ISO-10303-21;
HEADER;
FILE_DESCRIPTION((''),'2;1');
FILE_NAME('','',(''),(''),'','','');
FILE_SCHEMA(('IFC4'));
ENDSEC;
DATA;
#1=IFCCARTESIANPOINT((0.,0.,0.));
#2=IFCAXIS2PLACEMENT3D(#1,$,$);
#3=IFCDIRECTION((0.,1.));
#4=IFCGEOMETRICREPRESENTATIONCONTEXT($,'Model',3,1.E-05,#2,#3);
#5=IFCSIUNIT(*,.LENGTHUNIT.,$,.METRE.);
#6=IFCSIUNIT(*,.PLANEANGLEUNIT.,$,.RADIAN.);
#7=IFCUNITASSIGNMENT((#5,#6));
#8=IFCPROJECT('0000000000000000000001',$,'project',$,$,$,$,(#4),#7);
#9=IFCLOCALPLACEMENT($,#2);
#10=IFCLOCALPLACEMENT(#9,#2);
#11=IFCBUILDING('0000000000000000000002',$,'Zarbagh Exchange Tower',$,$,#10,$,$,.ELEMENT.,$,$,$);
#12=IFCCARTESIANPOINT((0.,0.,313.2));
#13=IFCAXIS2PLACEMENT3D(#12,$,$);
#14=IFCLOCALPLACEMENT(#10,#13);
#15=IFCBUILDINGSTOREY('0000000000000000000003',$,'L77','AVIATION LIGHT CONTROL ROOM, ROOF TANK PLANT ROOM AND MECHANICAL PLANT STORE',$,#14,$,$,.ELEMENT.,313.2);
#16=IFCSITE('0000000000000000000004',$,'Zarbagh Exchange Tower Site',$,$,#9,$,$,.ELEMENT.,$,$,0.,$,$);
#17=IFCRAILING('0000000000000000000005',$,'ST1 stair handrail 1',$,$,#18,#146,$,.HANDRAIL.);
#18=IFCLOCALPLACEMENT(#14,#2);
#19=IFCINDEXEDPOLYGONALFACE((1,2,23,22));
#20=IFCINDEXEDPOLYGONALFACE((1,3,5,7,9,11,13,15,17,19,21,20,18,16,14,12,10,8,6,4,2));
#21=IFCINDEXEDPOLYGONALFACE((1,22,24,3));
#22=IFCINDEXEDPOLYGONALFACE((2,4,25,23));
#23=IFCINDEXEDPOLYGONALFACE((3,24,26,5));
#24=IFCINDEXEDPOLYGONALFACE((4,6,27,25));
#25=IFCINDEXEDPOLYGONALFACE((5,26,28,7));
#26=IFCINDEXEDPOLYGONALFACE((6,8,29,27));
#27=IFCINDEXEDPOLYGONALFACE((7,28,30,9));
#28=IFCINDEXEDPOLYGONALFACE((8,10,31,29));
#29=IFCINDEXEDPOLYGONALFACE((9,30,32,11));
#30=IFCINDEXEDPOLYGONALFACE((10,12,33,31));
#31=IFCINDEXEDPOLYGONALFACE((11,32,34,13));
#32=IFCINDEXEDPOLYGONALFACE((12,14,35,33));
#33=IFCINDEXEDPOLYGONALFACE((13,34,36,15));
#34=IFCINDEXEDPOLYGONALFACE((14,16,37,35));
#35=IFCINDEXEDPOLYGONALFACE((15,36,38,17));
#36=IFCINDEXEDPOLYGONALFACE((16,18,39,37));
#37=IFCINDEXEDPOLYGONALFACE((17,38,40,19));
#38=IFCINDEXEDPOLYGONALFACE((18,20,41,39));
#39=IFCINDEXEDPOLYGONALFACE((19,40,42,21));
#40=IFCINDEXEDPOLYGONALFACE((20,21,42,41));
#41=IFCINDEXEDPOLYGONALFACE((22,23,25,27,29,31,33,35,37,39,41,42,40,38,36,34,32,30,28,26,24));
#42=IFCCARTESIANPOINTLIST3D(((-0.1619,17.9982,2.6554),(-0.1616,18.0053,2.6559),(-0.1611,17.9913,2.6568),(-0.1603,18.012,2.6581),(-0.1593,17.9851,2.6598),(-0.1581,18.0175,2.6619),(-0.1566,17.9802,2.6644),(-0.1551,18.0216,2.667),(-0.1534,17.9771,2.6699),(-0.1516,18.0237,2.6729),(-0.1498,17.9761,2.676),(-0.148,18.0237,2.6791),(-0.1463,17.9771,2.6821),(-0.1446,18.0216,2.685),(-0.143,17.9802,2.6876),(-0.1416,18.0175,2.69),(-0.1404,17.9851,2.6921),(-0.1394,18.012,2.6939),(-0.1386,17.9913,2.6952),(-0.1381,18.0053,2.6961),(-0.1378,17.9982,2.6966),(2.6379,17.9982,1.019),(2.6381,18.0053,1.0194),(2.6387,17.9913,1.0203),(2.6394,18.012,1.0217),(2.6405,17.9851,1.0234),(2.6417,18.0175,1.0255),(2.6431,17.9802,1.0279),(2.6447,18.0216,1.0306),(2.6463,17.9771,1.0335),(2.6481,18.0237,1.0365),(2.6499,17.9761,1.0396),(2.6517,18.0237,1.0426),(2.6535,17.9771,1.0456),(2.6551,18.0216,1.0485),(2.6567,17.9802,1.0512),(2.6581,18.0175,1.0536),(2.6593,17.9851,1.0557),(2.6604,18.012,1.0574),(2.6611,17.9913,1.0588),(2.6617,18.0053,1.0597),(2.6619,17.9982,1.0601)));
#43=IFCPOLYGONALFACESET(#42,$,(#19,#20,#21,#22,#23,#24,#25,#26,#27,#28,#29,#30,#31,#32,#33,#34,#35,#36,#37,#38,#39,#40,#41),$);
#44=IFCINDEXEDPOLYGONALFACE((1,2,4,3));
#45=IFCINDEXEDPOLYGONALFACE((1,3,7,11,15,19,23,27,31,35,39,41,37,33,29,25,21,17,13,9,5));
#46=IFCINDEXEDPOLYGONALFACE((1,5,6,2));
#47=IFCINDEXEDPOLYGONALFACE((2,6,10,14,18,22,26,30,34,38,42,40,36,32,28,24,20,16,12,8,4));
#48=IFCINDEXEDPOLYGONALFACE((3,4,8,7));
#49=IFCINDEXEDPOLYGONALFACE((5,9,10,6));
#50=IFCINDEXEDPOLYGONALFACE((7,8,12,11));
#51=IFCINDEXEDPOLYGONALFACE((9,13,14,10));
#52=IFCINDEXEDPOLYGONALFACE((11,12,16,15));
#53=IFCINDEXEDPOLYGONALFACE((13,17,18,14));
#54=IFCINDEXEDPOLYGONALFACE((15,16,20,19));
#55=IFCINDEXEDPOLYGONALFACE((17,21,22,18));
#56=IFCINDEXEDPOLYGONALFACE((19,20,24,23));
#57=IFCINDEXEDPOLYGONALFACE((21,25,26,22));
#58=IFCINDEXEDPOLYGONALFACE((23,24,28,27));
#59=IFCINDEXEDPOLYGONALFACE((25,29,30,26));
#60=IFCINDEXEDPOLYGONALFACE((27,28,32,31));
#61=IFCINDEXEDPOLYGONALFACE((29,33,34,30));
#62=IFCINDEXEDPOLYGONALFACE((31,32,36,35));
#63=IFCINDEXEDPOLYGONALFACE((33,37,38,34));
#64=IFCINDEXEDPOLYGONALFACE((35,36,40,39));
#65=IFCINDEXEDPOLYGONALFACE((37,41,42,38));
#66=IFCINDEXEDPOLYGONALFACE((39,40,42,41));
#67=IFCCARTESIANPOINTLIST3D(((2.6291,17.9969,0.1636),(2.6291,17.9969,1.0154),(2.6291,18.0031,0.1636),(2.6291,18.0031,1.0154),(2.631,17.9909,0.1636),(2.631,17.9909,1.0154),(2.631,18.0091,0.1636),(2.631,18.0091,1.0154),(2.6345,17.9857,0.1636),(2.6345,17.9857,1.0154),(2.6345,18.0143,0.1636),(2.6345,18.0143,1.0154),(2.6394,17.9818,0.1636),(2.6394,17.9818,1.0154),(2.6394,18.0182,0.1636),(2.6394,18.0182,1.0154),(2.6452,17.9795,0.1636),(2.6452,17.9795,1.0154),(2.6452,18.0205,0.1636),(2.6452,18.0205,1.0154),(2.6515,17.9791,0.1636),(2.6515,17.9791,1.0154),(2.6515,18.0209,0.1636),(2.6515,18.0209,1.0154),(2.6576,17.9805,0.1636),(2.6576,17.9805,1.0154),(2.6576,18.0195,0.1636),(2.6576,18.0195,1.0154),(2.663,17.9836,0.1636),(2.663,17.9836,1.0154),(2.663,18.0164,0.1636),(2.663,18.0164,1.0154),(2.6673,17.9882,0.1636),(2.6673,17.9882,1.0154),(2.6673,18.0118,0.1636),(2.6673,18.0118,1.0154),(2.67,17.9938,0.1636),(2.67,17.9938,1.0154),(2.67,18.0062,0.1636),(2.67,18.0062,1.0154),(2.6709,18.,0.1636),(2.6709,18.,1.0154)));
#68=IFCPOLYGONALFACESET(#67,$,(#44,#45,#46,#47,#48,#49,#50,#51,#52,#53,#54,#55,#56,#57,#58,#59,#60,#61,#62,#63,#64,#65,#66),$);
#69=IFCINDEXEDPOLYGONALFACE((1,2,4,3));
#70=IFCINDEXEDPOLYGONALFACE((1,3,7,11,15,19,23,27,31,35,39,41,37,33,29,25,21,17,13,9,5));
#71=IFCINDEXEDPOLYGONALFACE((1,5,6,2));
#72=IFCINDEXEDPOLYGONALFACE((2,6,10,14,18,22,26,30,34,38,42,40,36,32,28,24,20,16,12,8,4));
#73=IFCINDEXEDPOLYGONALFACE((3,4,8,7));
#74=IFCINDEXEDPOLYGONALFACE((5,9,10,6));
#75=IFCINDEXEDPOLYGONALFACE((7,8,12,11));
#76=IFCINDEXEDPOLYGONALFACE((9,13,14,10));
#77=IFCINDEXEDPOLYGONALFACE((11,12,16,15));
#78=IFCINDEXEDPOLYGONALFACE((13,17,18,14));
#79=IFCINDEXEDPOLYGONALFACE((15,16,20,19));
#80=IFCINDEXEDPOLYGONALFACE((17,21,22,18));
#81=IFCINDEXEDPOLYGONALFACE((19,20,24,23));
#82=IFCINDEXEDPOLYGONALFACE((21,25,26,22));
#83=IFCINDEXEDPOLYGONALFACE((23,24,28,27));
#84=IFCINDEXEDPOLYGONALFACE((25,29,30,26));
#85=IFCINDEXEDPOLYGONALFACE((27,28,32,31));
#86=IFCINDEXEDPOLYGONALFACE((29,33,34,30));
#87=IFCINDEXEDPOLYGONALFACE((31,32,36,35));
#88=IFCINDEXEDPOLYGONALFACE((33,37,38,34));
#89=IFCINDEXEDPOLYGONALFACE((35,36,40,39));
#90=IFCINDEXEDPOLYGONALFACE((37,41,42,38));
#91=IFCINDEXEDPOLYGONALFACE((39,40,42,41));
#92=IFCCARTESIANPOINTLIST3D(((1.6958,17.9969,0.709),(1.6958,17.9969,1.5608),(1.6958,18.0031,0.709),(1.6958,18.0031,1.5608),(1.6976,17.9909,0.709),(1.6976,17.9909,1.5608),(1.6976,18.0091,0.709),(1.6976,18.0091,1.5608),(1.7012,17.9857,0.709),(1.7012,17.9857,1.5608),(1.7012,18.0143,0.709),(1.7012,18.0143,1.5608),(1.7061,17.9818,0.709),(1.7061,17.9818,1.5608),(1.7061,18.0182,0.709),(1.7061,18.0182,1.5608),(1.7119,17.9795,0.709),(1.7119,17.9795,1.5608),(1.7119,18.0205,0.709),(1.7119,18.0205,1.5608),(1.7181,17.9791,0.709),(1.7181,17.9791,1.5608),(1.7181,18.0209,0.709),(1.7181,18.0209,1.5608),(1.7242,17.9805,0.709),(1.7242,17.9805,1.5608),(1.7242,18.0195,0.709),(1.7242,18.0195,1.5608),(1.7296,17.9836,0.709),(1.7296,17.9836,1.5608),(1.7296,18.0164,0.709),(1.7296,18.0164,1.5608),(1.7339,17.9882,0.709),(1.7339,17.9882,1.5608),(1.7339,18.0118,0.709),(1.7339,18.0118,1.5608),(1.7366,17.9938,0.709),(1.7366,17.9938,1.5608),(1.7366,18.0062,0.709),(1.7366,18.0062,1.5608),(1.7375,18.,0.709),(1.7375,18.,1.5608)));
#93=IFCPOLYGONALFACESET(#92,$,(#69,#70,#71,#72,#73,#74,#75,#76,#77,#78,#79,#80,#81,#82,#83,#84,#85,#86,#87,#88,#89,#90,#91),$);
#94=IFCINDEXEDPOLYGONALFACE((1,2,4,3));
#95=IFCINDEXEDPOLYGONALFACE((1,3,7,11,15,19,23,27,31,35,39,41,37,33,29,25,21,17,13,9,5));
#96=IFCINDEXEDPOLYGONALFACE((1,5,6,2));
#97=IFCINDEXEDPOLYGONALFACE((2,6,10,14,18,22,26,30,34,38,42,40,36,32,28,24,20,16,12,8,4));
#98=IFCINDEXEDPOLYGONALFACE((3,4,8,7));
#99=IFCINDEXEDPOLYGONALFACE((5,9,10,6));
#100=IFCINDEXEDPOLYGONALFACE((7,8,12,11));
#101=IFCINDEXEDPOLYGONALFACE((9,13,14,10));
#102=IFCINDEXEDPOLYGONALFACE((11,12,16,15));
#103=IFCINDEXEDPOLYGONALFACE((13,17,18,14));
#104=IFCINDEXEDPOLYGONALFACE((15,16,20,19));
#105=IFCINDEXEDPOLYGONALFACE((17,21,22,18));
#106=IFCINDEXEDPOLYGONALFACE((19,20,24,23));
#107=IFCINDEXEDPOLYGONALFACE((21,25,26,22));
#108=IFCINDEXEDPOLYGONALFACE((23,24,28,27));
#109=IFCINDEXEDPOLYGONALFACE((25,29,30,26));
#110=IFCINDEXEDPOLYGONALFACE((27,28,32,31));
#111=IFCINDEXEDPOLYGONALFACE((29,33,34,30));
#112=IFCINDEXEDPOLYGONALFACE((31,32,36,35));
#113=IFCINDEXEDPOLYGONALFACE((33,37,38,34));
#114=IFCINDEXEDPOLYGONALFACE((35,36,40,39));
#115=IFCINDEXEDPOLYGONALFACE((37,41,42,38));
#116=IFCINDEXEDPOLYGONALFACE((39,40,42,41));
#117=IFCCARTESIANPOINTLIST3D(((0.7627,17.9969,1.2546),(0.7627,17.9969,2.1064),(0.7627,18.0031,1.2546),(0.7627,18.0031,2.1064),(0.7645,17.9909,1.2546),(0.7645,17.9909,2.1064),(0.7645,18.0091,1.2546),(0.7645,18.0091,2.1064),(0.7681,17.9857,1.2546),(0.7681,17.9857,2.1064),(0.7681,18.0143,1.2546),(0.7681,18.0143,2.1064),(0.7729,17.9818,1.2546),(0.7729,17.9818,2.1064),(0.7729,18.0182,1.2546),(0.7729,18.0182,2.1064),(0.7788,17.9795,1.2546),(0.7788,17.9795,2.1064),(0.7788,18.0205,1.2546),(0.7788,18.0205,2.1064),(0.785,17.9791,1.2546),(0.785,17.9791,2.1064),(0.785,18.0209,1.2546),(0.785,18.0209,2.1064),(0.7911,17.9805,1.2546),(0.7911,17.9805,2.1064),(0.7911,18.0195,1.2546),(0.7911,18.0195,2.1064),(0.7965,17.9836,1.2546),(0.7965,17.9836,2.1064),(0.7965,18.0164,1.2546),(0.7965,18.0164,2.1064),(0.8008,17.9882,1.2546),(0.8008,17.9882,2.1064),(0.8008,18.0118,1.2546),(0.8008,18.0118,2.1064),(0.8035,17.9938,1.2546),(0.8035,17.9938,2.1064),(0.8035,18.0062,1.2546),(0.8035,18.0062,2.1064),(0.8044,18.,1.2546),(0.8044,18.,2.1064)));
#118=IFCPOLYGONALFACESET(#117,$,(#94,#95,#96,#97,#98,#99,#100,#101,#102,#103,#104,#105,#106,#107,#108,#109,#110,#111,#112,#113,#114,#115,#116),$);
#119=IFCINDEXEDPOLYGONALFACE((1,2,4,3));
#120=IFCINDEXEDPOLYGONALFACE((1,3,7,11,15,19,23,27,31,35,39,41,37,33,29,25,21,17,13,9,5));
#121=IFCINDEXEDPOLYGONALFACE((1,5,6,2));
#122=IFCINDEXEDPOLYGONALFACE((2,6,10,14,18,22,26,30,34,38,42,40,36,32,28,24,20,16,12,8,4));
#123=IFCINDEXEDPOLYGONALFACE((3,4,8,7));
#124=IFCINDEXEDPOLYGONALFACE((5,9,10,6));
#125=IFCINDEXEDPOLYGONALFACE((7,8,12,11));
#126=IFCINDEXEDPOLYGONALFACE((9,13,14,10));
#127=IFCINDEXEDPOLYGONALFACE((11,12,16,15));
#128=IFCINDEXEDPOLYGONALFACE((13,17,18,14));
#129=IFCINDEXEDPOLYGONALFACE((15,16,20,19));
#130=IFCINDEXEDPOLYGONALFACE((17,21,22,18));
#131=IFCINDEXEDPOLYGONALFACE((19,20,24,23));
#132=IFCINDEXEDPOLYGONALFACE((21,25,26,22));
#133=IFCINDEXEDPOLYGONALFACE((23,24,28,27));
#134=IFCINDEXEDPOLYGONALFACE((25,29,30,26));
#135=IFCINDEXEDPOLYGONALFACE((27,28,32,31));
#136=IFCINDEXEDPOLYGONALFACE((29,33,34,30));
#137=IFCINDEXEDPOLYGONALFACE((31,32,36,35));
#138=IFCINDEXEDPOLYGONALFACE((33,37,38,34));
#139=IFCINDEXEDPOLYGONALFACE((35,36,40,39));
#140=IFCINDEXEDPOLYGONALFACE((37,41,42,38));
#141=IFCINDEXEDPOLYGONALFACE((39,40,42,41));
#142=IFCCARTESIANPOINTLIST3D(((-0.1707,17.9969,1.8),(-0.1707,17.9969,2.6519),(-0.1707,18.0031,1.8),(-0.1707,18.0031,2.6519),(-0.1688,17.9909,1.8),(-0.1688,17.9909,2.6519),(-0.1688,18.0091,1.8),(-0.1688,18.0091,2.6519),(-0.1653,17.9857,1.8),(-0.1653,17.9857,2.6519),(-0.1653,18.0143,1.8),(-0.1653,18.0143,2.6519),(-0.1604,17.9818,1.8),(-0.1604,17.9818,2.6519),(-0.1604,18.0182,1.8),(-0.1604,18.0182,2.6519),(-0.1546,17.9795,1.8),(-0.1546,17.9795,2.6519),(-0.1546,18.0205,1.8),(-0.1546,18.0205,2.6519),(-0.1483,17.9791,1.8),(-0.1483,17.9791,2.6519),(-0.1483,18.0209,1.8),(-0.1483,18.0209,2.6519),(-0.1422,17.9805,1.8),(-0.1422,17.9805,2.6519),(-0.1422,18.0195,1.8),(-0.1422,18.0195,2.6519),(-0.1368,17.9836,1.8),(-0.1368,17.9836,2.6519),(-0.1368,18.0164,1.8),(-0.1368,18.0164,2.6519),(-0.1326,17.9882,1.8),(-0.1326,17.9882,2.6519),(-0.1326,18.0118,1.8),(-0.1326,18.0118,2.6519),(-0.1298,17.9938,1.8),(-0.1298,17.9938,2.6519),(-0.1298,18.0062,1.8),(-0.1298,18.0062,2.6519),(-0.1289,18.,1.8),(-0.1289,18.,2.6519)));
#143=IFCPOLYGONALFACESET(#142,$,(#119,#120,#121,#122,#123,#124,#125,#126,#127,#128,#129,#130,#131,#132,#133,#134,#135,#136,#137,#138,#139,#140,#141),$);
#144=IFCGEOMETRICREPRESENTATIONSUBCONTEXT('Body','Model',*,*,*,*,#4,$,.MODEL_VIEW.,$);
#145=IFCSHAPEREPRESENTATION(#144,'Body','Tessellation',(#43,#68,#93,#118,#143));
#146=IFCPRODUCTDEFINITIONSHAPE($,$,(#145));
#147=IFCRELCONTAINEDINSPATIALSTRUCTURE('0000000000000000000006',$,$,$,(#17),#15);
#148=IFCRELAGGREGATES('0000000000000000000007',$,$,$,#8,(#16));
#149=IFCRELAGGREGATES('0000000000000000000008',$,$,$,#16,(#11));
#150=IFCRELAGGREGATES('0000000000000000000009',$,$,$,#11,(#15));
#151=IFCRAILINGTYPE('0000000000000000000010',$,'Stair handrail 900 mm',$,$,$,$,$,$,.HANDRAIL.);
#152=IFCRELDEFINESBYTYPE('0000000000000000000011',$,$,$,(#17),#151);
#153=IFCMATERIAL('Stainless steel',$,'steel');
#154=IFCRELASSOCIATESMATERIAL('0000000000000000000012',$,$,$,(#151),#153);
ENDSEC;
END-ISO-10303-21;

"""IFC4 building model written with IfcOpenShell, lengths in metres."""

from ifc_helpers import new_model, si_unit, direction, frame, origin, origin_2d, place, context, subcontext, project, spatial, circle, extrude, material, type_object, element, save


model = new_model("IFC4")

# Units and contexts
model_context = context("Model", 3, precision=1e-05, world=origin(), true_north=direction((0.0, 1.0)))
body_context = subcontext(model_context, "Body", "Model", "MODEL_VIEW")
ifc_project = project(units=[si_unit("LENGTHUNIT", "METRE"), si_unit("PLANEANGLEUNIT", "RADIAN")], contexts=[model_context])

# Site, building, storey
site_placement = place(None, origin())
site = spatial("IfcSite", under=ifc_project, at=site_placement, Name="Zarbagh Exchange Tower Site", CompositionType="ELEMENT", RefElevation=0.0)
building_placement = place(site_placement, origin())
building = spatial("IfcBuilding", under=site, at=building_placement, Name="Zarbagh Exchange Tower", CompositionType="ELEMENT")
storey_placement = place(building_placement, frame((0.0, 0.0, 313.2)))
storey = spatial("IfcBuildingStorey", under=building, at=storey_placement, Name="L77", Description="AVIATION LIGHT CONTROL ROOM, ROOF TANK PLANT ROOM AND MECHANICAL PLANT STORE", CompositionType="ELEMENT", Elevation=313.2)

# Shared definitions
ifc_material_1 = material(Name="Stainless steel", Category="steel")

# Railing
railing_type_1 = type_object("IfcRailingType", Name="Stair handrail 900 mm", PredefinedType="HANDRAIL", material=ifc_material_1)
railing_1_placement = place(storey_placement, frame((2.6499, 18.0, 0.1636)))
element("IfcRailing", 1, at=railing_1_placement, inside=storey, type_object=railing_type_1, Name="ST1 stair handrail 1", PredefinedType="HANDRAIL", context=body_context, shape_type="SweptSolid", body=[
    extrude(circle(Radius=0.0239, at=origin_2d()), frame((0.0, 0.0, 0.876), z_axis=(-0.863342, 0.0, 0.50462), x_axis=(0.0, -1.0, 0.0)), (0.0, 0.0, 1.0), 3.2429),
    extrude(circle(Radius=0.021, at=origin_2d()), origin(), (0.0, 0.0, 1.0), 0.8518),
    extrude(circle(Radius=0.021, at=origin_2d()), frame((-0.9333, 0.0, 0.5454)), (0.0, 0.0, 1.0), 0.8518),
    extrude(circle(Radius=0.021, at=origin_2d()), frame((-1.8665, 0.0, 1.0911)), (0.0, 0.0, 1.0), 0.8518),
    extrude(circle(Radius=0.021, at=origin_2d()), frame((-2.7998, 0.0, 1.6365)), (0.0, 0.0, 1.0), 0.8518),
])

save(model, "model.ifc")
